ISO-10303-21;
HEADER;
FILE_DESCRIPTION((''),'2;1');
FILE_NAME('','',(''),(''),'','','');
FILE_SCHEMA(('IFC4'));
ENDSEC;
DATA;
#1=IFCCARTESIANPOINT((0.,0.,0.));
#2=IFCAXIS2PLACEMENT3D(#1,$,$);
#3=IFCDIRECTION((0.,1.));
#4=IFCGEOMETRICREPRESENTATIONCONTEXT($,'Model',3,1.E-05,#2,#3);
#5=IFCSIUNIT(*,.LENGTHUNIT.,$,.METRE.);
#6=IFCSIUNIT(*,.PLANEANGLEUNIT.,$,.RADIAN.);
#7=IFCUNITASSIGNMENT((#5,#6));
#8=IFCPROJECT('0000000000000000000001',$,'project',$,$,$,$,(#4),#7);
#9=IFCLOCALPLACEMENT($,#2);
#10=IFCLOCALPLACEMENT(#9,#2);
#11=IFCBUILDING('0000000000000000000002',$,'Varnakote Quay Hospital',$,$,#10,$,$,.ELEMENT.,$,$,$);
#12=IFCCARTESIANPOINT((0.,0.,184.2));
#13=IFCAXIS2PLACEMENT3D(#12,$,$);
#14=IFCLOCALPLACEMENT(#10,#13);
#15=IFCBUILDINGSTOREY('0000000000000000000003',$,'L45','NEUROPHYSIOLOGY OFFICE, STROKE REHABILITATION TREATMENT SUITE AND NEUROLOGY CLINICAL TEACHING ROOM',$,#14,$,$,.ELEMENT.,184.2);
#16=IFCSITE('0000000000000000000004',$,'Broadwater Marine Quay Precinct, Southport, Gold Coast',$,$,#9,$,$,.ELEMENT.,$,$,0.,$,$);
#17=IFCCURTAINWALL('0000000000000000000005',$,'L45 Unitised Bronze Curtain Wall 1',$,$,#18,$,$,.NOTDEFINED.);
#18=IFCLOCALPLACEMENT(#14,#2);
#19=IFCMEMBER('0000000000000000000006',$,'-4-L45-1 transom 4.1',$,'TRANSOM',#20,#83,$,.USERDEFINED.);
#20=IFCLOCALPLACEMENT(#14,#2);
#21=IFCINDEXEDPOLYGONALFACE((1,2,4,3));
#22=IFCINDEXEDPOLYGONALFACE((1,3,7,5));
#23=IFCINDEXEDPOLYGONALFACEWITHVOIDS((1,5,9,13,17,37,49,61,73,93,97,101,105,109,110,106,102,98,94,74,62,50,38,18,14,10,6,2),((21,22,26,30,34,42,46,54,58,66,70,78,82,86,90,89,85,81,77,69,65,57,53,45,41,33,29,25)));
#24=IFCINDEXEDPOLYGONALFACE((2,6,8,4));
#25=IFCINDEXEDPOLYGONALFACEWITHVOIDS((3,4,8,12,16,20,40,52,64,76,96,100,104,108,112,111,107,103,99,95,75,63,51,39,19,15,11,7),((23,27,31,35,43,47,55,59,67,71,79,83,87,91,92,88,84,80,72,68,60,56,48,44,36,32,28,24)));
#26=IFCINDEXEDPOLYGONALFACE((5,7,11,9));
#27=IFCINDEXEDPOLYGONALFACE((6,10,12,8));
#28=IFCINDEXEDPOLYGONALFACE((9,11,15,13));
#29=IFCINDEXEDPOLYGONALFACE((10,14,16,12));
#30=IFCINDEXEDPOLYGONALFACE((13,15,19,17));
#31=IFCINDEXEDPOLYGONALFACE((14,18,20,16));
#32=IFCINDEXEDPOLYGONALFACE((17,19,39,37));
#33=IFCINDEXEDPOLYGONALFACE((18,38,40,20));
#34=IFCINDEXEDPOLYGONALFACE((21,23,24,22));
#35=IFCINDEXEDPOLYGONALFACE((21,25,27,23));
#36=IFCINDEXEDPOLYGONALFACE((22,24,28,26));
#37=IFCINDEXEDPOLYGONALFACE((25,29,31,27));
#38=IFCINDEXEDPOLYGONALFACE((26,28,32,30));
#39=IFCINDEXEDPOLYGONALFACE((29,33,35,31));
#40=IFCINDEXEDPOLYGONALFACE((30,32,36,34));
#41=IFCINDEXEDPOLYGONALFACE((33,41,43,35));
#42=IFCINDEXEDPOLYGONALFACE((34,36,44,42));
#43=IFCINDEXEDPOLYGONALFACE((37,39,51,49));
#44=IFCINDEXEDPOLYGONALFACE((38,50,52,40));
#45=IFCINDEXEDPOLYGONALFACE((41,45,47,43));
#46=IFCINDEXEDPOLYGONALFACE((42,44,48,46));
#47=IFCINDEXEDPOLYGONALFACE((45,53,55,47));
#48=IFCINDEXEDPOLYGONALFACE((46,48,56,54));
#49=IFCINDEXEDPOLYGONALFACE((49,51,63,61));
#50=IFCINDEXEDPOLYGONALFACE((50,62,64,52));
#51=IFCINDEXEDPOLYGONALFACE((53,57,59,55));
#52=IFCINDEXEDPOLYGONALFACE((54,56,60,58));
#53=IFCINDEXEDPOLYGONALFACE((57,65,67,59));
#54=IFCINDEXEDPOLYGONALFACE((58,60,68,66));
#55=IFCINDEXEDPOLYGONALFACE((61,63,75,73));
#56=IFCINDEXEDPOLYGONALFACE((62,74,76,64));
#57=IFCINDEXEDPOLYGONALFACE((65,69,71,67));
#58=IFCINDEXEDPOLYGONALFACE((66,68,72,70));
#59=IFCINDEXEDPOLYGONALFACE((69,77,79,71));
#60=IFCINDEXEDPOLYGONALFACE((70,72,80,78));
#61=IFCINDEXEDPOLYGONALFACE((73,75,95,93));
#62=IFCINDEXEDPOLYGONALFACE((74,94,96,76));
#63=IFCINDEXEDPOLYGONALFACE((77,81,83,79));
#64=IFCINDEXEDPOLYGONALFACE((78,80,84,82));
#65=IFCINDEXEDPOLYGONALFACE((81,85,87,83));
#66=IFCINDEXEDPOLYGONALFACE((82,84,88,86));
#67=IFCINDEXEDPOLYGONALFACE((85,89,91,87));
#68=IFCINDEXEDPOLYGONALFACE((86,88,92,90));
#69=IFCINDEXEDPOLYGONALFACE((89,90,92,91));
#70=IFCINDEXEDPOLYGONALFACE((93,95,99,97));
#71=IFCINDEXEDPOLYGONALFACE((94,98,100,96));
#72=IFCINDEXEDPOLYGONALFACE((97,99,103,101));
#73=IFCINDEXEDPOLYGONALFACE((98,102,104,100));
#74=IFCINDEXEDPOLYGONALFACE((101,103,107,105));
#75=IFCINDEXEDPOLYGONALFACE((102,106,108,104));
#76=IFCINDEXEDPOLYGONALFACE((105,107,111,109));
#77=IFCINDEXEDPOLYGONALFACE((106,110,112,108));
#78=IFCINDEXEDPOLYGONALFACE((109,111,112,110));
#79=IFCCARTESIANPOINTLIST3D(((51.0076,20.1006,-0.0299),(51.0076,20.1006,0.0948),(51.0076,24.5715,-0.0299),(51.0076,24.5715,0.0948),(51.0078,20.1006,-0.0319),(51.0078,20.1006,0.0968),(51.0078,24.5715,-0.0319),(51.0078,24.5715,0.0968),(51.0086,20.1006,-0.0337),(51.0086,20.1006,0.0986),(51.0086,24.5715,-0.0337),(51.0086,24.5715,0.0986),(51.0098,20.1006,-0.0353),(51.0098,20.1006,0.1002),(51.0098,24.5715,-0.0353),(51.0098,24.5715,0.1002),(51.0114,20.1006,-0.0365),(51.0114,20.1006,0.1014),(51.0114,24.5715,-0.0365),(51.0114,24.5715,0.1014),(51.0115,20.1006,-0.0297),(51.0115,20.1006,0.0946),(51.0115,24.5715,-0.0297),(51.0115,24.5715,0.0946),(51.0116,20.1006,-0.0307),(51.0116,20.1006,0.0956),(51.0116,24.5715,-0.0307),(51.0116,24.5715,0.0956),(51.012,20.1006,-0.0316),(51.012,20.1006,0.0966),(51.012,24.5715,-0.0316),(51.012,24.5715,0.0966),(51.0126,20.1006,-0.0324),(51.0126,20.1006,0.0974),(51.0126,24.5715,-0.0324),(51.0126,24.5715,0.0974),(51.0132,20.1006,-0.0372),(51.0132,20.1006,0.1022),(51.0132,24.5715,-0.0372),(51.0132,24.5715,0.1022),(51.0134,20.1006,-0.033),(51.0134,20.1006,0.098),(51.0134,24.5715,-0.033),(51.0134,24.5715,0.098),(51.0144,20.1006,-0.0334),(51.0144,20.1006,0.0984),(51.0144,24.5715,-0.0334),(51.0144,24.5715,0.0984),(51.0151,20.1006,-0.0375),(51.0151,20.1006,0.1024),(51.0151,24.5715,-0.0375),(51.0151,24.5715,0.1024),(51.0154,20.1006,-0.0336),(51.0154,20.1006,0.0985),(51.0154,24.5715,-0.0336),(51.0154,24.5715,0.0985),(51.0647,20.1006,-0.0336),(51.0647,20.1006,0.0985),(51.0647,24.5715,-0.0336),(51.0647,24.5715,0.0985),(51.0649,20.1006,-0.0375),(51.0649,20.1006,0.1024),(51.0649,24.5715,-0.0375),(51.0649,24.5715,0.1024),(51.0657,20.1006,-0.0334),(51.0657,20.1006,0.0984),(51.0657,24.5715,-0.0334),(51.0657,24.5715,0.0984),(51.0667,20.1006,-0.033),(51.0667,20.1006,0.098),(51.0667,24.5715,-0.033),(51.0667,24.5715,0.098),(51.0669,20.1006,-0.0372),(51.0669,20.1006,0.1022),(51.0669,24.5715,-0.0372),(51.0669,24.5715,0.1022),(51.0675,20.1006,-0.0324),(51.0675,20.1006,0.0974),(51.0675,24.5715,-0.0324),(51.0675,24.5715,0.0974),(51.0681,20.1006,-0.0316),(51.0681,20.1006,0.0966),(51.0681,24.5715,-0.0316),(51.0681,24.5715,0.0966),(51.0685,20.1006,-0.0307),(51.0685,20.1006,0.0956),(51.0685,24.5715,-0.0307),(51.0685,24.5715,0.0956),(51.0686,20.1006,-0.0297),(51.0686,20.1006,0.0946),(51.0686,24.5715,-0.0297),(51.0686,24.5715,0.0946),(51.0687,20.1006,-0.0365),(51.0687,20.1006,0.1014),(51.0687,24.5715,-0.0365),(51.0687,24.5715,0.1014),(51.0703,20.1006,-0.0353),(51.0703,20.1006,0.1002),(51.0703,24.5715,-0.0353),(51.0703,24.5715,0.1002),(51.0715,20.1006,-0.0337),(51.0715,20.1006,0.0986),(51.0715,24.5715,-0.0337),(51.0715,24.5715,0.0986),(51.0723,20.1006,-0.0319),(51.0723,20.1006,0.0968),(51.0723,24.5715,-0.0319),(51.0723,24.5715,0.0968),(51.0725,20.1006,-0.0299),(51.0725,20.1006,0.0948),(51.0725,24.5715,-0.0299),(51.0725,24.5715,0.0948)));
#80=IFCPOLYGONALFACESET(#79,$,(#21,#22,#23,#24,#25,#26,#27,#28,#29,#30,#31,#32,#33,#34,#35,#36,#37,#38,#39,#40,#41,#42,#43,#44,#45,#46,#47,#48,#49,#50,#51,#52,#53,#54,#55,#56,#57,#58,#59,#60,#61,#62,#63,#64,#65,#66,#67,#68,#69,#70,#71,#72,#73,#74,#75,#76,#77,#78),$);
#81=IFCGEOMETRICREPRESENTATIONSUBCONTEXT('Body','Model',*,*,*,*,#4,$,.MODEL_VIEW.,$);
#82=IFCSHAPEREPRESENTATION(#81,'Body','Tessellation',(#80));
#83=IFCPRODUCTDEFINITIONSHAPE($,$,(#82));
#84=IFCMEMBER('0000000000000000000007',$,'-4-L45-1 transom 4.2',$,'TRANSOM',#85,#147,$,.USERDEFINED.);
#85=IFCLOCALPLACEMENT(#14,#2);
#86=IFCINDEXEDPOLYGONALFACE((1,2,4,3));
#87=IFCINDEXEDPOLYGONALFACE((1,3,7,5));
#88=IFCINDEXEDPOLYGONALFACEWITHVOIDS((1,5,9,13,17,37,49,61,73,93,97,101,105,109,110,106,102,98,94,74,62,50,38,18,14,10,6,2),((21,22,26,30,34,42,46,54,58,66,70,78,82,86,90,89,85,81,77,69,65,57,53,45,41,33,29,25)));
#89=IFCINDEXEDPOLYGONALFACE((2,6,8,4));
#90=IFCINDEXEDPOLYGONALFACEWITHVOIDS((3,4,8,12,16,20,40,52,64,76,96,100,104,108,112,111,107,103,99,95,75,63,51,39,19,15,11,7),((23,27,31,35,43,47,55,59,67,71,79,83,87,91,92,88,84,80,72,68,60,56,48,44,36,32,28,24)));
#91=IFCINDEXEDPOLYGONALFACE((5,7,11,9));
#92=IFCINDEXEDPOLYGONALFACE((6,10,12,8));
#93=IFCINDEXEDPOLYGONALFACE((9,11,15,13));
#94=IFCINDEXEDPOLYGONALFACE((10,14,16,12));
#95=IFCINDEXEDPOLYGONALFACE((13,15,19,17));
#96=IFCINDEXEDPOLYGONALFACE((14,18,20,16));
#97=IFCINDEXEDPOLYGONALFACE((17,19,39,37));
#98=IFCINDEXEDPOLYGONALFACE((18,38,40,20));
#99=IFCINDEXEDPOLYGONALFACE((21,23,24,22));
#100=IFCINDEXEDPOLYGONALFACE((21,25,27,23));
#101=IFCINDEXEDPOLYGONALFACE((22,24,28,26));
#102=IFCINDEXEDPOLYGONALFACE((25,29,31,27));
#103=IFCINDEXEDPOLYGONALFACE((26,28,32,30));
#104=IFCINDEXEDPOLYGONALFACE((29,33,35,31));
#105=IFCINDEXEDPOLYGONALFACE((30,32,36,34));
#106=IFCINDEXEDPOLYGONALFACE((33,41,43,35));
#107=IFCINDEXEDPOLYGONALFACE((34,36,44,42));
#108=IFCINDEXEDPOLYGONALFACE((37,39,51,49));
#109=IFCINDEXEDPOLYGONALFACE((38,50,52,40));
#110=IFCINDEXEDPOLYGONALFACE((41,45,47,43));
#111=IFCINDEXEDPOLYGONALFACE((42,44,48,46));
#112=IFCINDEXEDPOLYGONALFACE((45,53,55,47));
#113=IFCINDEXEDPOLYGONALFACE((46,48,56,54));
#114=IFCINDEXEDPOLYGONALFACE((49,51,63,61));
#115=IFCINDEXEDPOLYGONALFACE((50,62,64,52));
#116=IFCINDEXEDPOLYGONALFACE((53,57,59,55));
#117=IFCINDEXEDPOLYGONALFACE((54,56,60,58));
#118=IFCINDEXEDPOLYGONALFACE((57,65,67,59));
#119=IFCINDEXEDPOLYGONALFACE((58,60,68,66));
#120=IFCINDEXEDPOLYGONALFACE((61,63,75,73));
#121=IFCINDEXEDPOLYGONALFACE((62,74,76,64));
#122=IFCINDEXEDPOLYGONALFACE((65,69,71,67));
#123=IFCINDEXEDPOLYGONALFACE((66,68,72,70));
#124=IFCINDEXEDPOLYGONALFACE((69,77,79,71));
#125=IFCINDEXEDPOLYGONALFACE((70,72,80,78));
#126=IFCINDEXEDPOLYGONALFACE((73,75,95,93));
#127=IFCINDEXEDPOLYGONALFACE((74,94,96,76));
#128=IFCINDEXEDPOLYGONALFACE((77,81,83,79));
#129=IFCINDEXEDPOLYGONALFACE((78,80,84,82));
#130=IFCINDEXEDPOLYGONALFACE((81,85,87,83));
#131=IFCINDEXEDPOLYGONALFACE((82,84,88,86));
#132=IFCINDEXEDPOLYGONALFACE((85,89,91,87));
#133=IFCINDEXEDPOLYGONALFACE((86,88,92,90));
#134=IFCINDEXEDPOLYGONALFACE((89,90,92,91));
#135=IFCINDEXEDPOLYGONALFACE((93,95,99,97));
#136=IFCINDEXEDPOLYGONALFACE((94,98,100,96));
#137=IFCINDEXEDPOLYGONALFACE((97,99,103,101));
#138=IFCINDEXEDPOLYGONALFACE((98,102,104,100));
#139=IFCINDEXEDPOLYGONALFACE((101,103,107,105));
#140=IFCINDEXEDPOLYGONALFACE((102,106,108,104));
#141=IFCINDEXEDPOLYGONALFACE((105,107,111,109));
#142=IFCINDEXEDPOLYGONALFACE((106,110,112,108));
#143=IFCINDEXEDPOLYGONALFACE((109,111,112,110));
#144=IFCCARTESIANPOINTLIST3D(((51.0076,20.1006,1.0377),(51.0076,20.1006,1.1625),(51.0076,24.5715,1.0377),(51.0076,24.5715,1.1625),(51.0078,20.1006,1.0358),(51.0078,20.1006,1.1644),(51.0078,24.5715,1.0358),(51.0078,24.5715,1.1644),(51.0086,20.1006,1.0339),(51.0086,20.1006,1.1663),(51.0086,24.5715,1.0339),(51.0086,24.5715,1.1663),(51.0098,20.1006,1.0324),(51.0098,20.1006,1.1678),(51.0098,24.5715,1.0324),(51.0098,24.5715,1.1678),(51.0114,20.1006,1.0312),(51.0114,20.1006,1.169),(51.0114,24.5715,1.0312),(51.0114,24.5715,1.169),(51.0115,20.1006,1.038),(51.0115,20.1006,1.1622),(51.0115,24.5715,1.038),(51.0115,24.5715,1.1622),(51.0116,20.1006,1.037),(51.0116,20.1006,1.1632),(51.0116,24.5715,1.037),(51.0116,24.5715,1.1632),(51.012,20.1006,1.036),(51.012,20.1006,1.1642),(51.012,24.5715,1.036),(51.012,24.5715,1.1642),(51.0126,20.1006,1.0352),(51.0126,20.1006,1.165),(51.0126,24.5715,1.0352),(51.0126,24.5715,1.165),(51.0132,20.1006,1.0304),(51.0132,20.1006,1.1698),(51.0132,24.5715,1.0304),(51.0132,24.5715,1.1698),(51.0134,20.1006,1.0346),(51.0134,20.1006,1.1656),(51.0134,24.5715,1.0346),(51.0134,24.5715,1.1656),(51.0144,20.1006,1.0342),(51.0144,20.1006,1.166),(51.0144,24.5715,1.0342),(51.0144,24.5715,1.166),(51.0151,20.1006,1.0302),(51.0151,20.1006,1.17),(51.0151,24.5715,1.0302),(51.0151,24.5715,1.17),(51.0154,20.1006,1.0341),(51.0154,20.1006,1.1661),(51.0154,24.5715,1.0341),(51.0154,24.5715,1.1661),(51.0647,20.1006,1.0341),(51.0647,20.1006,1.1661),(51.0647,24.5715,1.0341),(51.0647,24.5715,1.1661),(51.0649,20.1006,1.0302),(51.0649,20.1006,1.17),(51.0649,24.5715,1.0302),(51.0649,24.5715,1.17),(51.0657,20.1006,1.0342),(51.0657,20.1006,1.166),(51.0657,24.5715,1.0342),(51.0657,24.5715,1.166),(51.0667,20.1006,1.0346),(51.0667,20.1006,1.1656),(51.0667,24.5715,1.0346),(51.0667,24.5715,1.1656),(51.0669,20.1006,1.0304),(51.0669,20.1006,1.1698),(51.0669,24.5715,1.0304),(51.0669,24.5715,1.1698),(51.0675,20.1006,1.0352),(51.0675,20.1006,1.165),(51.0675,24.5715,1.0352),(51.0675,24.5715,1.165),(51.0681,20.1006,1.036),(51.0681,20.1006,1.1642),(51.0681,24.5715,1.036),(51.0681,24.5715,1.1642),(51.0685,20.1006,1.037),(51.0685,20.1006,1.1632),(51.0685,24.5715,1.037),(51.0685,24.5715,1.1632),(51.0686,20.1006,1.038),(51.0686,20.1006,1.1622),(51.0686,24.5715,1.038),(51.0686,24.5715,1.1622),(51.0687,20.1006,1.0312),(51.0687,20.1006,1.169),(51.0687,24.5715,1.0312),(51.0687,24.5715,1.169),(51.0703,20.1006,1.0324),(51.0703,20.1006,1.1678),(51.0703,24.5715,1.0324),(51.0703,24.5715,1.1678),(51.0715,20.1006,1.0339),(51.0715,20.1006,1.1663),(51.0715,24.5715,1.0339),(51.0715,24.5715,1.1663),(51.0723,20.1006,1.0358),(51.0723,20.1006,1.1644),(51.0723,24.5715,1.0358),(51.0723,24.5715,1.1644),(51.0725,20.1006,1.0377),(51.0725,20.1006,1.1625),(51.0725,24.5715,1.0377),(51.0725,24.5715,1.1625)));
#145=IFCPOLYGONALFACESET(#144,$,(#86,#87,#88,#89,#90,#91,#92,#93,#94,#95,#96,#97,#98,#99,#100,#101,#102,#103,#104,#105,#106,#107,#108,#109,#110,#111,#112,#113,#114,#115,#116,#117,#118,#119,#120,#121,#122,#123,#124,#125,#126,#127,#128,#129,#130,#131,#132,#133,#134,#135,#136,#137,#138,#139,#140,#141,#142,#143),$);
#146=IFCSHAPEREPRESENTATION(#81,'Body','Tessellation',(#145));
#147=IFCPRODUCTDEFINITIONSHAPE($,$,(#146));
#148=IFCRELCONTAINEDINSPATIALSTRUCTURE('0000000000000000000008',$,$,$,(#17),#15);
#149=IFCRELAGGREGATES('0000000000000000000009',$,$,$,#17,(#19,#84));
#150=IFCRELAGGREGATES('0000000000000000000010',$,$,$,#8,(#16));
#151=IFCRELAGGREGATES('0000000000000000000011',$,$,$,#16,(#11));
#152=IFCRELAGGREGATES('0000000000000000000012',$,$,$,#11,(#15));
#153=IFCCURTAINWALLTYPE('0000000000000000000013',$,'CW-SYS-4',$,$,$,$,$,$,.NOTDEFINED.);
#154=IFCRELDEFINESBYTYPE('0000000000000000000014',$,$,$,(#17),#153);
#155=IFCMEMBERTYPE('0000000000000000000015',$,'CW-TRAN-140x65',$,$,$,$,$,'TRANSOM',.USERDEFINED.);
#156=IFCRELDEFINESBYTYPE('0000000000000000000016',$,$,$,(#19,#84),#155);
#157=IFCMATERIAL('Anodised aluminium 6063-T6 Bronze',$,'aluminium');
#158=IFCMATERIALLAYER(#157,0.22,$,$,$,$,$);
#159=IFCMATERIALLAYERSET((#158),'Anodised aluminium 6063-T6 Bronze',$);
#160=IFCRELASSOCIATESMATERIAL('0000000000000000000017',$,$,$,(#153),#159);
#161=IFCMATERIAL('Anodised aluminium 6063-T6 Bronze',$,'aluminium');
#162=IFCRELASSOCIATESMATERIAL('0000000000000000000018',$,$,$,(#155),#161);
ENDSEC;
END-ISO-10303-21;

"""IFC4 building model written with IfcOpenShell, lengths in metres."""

from ifc_helpers import new_model, si_unit, direction, frame, origin, origin_2d, place, context, subcontext, project, spatial, hollow_rectangle, extrude, material, layer, layer_set, material_profile, profile_set, type_object, element, aggregate, save


model = new_model("IFC4")

# Units and contexts
model_context = context("Model", 3, precision=1e-05, world=origin(), true_north=direction((0.0, 1.0)))
body_context = subcontext(model_context, "Body", "Model", "MODEL_VIEW")
ifc_project = project(units=[si_unit("LENGTHUNIT", "METRE"), si_unit("PLANEANGLEUNIT", "RADIAN")], contexts=[model_context])

# Site, building, storey
site_placement = place(None, origin())
site = spatial("IfcSite", under=ifc_project, at=site_placement, Name="Broadwater Marine Quay Precinct, Southport, Gold Coast", CompositionType="ELEMENT", RefElevation=0.0)
building_placement = place(site_placement, origin())
building = spatial("IfcBuilding", under=site, at=building_placement, Name="Varnakote Quay Hospital", CompositionType="ELEMENT")
storey_placement = place(building_placement, frame((0.0, 0.0, 184.2)))
storey = spatial("IfcBuildingStorey", under=building, at=storey_placement, Name="L45", Description="NEUROPHYSIOLOGY OFFICE, STROKE REHABILITATION TREATMENT SUITE AND NEUROLOGY CLINICAL TEACHING ROOM", CompositionType="ELEMENT", Elevation=184.2)

# Curtain wall, members
ifc_material_1 = material(Name="Anodised aluminium 6063-T6 Bronze", Category="aluminium")
ifc_layer_1 = layer(ifc_material_1, 0.22)
ifc_layer_set_1 = layer_set([ifc_layer_1], Name="Anodised aluminium 6063-T6 Bronze")
curtain_wall_type = type_object("IfcCurtainWallType", Name="CW-SYS-4", PredefinedType="NOTDEFINED", material=ifc_layer_set_1)
curtain_wall_placement = place(storey_placement, origin())
curtain_wall = element("IfcCurtainWall", 1, at=curtain_wall_placement, inside=storey, type_object=curtain_wall_type, Name="L45 Unitised Bronze Curtain Wall 1", PredefinedType="NOTDEFINED")
ifc_material_2 = material(Name="Anodised aluminium 6063-T6 Bronze", Category="aluminium")
ifc_material_profile_1 = material_profile(ifc_material_2, hollow_rectangle(XDim=0.0649, YDim=0.1399, WallThickness=0.0039, InnerFilletRadius=0.0039, OuterFilletRadius=0.0076, at=origin_2d()), Name="CW-TRAN-140x65")
ifc_profile_set_1 = profile_set([ifc_material_profile_1], Name="Anodised aluminium 6063-T6 Bronze")
member_type_1 = type_object("IfcMemberType", Name="CW-TRAN-140x65", ElementType="TRANSOM", PredefinedType="USERDEFINED", material=ifc_profile_set_1)
member_1_placement = place(storey_placement, frame((51.04, 20.1006, 0.0325), z_axis=(0.0, 1.0, 0.0), x_axis=(-1.0, 0.0, 0.0)))
member_1 = element("IfcMember", 2, at=member_1_placement, type_object=member_type_1, Name="-4-L45-1 transom 4.1", ObjectType="TRANSOM", PredefinedType="USERDEFINED", context=body_context, shape_type="SweptSolid", body=[
    extrude(hollow_rectangle(XDim=0.0649, YDim=0.1399, WallThickness=0.0039, InnerFilletRadius=0.0039, OuterFilletRadius=0.0076, at=origin_2d()), origin(), (0.0, 0.0, 1.0), 4.4709),
])
member_2_placement = place(storey_placement, frame((51.04, 20.1006, 1.1001), z_axis=(0.0, 1.0, 0.0), x_axis=(-1.0, 0.0, 0.0)))
member_2 = element("IfcMember", 3, at=member_2_placement, type_object=member_type_1, Name="-4-L45-1 transom 4.2", ObjectType="TRANSOM", PredefinedType="USERDEFINED", context=body_context, shape_type="SweptSolid", body=[
    extrude(hollow_rectangle(XDim=0.0649, YDim=0.1399, WallThickness=0.0039, InnerFilletRadius=0.0039, OuterFilletRadius=0.0076, at=origin_2d()), origin(), (0.0, 0.0, 1.0), 4.4709),
])
aggregate(curtain_wall, [member_1, member_2])

save(model, "model.ifc")
